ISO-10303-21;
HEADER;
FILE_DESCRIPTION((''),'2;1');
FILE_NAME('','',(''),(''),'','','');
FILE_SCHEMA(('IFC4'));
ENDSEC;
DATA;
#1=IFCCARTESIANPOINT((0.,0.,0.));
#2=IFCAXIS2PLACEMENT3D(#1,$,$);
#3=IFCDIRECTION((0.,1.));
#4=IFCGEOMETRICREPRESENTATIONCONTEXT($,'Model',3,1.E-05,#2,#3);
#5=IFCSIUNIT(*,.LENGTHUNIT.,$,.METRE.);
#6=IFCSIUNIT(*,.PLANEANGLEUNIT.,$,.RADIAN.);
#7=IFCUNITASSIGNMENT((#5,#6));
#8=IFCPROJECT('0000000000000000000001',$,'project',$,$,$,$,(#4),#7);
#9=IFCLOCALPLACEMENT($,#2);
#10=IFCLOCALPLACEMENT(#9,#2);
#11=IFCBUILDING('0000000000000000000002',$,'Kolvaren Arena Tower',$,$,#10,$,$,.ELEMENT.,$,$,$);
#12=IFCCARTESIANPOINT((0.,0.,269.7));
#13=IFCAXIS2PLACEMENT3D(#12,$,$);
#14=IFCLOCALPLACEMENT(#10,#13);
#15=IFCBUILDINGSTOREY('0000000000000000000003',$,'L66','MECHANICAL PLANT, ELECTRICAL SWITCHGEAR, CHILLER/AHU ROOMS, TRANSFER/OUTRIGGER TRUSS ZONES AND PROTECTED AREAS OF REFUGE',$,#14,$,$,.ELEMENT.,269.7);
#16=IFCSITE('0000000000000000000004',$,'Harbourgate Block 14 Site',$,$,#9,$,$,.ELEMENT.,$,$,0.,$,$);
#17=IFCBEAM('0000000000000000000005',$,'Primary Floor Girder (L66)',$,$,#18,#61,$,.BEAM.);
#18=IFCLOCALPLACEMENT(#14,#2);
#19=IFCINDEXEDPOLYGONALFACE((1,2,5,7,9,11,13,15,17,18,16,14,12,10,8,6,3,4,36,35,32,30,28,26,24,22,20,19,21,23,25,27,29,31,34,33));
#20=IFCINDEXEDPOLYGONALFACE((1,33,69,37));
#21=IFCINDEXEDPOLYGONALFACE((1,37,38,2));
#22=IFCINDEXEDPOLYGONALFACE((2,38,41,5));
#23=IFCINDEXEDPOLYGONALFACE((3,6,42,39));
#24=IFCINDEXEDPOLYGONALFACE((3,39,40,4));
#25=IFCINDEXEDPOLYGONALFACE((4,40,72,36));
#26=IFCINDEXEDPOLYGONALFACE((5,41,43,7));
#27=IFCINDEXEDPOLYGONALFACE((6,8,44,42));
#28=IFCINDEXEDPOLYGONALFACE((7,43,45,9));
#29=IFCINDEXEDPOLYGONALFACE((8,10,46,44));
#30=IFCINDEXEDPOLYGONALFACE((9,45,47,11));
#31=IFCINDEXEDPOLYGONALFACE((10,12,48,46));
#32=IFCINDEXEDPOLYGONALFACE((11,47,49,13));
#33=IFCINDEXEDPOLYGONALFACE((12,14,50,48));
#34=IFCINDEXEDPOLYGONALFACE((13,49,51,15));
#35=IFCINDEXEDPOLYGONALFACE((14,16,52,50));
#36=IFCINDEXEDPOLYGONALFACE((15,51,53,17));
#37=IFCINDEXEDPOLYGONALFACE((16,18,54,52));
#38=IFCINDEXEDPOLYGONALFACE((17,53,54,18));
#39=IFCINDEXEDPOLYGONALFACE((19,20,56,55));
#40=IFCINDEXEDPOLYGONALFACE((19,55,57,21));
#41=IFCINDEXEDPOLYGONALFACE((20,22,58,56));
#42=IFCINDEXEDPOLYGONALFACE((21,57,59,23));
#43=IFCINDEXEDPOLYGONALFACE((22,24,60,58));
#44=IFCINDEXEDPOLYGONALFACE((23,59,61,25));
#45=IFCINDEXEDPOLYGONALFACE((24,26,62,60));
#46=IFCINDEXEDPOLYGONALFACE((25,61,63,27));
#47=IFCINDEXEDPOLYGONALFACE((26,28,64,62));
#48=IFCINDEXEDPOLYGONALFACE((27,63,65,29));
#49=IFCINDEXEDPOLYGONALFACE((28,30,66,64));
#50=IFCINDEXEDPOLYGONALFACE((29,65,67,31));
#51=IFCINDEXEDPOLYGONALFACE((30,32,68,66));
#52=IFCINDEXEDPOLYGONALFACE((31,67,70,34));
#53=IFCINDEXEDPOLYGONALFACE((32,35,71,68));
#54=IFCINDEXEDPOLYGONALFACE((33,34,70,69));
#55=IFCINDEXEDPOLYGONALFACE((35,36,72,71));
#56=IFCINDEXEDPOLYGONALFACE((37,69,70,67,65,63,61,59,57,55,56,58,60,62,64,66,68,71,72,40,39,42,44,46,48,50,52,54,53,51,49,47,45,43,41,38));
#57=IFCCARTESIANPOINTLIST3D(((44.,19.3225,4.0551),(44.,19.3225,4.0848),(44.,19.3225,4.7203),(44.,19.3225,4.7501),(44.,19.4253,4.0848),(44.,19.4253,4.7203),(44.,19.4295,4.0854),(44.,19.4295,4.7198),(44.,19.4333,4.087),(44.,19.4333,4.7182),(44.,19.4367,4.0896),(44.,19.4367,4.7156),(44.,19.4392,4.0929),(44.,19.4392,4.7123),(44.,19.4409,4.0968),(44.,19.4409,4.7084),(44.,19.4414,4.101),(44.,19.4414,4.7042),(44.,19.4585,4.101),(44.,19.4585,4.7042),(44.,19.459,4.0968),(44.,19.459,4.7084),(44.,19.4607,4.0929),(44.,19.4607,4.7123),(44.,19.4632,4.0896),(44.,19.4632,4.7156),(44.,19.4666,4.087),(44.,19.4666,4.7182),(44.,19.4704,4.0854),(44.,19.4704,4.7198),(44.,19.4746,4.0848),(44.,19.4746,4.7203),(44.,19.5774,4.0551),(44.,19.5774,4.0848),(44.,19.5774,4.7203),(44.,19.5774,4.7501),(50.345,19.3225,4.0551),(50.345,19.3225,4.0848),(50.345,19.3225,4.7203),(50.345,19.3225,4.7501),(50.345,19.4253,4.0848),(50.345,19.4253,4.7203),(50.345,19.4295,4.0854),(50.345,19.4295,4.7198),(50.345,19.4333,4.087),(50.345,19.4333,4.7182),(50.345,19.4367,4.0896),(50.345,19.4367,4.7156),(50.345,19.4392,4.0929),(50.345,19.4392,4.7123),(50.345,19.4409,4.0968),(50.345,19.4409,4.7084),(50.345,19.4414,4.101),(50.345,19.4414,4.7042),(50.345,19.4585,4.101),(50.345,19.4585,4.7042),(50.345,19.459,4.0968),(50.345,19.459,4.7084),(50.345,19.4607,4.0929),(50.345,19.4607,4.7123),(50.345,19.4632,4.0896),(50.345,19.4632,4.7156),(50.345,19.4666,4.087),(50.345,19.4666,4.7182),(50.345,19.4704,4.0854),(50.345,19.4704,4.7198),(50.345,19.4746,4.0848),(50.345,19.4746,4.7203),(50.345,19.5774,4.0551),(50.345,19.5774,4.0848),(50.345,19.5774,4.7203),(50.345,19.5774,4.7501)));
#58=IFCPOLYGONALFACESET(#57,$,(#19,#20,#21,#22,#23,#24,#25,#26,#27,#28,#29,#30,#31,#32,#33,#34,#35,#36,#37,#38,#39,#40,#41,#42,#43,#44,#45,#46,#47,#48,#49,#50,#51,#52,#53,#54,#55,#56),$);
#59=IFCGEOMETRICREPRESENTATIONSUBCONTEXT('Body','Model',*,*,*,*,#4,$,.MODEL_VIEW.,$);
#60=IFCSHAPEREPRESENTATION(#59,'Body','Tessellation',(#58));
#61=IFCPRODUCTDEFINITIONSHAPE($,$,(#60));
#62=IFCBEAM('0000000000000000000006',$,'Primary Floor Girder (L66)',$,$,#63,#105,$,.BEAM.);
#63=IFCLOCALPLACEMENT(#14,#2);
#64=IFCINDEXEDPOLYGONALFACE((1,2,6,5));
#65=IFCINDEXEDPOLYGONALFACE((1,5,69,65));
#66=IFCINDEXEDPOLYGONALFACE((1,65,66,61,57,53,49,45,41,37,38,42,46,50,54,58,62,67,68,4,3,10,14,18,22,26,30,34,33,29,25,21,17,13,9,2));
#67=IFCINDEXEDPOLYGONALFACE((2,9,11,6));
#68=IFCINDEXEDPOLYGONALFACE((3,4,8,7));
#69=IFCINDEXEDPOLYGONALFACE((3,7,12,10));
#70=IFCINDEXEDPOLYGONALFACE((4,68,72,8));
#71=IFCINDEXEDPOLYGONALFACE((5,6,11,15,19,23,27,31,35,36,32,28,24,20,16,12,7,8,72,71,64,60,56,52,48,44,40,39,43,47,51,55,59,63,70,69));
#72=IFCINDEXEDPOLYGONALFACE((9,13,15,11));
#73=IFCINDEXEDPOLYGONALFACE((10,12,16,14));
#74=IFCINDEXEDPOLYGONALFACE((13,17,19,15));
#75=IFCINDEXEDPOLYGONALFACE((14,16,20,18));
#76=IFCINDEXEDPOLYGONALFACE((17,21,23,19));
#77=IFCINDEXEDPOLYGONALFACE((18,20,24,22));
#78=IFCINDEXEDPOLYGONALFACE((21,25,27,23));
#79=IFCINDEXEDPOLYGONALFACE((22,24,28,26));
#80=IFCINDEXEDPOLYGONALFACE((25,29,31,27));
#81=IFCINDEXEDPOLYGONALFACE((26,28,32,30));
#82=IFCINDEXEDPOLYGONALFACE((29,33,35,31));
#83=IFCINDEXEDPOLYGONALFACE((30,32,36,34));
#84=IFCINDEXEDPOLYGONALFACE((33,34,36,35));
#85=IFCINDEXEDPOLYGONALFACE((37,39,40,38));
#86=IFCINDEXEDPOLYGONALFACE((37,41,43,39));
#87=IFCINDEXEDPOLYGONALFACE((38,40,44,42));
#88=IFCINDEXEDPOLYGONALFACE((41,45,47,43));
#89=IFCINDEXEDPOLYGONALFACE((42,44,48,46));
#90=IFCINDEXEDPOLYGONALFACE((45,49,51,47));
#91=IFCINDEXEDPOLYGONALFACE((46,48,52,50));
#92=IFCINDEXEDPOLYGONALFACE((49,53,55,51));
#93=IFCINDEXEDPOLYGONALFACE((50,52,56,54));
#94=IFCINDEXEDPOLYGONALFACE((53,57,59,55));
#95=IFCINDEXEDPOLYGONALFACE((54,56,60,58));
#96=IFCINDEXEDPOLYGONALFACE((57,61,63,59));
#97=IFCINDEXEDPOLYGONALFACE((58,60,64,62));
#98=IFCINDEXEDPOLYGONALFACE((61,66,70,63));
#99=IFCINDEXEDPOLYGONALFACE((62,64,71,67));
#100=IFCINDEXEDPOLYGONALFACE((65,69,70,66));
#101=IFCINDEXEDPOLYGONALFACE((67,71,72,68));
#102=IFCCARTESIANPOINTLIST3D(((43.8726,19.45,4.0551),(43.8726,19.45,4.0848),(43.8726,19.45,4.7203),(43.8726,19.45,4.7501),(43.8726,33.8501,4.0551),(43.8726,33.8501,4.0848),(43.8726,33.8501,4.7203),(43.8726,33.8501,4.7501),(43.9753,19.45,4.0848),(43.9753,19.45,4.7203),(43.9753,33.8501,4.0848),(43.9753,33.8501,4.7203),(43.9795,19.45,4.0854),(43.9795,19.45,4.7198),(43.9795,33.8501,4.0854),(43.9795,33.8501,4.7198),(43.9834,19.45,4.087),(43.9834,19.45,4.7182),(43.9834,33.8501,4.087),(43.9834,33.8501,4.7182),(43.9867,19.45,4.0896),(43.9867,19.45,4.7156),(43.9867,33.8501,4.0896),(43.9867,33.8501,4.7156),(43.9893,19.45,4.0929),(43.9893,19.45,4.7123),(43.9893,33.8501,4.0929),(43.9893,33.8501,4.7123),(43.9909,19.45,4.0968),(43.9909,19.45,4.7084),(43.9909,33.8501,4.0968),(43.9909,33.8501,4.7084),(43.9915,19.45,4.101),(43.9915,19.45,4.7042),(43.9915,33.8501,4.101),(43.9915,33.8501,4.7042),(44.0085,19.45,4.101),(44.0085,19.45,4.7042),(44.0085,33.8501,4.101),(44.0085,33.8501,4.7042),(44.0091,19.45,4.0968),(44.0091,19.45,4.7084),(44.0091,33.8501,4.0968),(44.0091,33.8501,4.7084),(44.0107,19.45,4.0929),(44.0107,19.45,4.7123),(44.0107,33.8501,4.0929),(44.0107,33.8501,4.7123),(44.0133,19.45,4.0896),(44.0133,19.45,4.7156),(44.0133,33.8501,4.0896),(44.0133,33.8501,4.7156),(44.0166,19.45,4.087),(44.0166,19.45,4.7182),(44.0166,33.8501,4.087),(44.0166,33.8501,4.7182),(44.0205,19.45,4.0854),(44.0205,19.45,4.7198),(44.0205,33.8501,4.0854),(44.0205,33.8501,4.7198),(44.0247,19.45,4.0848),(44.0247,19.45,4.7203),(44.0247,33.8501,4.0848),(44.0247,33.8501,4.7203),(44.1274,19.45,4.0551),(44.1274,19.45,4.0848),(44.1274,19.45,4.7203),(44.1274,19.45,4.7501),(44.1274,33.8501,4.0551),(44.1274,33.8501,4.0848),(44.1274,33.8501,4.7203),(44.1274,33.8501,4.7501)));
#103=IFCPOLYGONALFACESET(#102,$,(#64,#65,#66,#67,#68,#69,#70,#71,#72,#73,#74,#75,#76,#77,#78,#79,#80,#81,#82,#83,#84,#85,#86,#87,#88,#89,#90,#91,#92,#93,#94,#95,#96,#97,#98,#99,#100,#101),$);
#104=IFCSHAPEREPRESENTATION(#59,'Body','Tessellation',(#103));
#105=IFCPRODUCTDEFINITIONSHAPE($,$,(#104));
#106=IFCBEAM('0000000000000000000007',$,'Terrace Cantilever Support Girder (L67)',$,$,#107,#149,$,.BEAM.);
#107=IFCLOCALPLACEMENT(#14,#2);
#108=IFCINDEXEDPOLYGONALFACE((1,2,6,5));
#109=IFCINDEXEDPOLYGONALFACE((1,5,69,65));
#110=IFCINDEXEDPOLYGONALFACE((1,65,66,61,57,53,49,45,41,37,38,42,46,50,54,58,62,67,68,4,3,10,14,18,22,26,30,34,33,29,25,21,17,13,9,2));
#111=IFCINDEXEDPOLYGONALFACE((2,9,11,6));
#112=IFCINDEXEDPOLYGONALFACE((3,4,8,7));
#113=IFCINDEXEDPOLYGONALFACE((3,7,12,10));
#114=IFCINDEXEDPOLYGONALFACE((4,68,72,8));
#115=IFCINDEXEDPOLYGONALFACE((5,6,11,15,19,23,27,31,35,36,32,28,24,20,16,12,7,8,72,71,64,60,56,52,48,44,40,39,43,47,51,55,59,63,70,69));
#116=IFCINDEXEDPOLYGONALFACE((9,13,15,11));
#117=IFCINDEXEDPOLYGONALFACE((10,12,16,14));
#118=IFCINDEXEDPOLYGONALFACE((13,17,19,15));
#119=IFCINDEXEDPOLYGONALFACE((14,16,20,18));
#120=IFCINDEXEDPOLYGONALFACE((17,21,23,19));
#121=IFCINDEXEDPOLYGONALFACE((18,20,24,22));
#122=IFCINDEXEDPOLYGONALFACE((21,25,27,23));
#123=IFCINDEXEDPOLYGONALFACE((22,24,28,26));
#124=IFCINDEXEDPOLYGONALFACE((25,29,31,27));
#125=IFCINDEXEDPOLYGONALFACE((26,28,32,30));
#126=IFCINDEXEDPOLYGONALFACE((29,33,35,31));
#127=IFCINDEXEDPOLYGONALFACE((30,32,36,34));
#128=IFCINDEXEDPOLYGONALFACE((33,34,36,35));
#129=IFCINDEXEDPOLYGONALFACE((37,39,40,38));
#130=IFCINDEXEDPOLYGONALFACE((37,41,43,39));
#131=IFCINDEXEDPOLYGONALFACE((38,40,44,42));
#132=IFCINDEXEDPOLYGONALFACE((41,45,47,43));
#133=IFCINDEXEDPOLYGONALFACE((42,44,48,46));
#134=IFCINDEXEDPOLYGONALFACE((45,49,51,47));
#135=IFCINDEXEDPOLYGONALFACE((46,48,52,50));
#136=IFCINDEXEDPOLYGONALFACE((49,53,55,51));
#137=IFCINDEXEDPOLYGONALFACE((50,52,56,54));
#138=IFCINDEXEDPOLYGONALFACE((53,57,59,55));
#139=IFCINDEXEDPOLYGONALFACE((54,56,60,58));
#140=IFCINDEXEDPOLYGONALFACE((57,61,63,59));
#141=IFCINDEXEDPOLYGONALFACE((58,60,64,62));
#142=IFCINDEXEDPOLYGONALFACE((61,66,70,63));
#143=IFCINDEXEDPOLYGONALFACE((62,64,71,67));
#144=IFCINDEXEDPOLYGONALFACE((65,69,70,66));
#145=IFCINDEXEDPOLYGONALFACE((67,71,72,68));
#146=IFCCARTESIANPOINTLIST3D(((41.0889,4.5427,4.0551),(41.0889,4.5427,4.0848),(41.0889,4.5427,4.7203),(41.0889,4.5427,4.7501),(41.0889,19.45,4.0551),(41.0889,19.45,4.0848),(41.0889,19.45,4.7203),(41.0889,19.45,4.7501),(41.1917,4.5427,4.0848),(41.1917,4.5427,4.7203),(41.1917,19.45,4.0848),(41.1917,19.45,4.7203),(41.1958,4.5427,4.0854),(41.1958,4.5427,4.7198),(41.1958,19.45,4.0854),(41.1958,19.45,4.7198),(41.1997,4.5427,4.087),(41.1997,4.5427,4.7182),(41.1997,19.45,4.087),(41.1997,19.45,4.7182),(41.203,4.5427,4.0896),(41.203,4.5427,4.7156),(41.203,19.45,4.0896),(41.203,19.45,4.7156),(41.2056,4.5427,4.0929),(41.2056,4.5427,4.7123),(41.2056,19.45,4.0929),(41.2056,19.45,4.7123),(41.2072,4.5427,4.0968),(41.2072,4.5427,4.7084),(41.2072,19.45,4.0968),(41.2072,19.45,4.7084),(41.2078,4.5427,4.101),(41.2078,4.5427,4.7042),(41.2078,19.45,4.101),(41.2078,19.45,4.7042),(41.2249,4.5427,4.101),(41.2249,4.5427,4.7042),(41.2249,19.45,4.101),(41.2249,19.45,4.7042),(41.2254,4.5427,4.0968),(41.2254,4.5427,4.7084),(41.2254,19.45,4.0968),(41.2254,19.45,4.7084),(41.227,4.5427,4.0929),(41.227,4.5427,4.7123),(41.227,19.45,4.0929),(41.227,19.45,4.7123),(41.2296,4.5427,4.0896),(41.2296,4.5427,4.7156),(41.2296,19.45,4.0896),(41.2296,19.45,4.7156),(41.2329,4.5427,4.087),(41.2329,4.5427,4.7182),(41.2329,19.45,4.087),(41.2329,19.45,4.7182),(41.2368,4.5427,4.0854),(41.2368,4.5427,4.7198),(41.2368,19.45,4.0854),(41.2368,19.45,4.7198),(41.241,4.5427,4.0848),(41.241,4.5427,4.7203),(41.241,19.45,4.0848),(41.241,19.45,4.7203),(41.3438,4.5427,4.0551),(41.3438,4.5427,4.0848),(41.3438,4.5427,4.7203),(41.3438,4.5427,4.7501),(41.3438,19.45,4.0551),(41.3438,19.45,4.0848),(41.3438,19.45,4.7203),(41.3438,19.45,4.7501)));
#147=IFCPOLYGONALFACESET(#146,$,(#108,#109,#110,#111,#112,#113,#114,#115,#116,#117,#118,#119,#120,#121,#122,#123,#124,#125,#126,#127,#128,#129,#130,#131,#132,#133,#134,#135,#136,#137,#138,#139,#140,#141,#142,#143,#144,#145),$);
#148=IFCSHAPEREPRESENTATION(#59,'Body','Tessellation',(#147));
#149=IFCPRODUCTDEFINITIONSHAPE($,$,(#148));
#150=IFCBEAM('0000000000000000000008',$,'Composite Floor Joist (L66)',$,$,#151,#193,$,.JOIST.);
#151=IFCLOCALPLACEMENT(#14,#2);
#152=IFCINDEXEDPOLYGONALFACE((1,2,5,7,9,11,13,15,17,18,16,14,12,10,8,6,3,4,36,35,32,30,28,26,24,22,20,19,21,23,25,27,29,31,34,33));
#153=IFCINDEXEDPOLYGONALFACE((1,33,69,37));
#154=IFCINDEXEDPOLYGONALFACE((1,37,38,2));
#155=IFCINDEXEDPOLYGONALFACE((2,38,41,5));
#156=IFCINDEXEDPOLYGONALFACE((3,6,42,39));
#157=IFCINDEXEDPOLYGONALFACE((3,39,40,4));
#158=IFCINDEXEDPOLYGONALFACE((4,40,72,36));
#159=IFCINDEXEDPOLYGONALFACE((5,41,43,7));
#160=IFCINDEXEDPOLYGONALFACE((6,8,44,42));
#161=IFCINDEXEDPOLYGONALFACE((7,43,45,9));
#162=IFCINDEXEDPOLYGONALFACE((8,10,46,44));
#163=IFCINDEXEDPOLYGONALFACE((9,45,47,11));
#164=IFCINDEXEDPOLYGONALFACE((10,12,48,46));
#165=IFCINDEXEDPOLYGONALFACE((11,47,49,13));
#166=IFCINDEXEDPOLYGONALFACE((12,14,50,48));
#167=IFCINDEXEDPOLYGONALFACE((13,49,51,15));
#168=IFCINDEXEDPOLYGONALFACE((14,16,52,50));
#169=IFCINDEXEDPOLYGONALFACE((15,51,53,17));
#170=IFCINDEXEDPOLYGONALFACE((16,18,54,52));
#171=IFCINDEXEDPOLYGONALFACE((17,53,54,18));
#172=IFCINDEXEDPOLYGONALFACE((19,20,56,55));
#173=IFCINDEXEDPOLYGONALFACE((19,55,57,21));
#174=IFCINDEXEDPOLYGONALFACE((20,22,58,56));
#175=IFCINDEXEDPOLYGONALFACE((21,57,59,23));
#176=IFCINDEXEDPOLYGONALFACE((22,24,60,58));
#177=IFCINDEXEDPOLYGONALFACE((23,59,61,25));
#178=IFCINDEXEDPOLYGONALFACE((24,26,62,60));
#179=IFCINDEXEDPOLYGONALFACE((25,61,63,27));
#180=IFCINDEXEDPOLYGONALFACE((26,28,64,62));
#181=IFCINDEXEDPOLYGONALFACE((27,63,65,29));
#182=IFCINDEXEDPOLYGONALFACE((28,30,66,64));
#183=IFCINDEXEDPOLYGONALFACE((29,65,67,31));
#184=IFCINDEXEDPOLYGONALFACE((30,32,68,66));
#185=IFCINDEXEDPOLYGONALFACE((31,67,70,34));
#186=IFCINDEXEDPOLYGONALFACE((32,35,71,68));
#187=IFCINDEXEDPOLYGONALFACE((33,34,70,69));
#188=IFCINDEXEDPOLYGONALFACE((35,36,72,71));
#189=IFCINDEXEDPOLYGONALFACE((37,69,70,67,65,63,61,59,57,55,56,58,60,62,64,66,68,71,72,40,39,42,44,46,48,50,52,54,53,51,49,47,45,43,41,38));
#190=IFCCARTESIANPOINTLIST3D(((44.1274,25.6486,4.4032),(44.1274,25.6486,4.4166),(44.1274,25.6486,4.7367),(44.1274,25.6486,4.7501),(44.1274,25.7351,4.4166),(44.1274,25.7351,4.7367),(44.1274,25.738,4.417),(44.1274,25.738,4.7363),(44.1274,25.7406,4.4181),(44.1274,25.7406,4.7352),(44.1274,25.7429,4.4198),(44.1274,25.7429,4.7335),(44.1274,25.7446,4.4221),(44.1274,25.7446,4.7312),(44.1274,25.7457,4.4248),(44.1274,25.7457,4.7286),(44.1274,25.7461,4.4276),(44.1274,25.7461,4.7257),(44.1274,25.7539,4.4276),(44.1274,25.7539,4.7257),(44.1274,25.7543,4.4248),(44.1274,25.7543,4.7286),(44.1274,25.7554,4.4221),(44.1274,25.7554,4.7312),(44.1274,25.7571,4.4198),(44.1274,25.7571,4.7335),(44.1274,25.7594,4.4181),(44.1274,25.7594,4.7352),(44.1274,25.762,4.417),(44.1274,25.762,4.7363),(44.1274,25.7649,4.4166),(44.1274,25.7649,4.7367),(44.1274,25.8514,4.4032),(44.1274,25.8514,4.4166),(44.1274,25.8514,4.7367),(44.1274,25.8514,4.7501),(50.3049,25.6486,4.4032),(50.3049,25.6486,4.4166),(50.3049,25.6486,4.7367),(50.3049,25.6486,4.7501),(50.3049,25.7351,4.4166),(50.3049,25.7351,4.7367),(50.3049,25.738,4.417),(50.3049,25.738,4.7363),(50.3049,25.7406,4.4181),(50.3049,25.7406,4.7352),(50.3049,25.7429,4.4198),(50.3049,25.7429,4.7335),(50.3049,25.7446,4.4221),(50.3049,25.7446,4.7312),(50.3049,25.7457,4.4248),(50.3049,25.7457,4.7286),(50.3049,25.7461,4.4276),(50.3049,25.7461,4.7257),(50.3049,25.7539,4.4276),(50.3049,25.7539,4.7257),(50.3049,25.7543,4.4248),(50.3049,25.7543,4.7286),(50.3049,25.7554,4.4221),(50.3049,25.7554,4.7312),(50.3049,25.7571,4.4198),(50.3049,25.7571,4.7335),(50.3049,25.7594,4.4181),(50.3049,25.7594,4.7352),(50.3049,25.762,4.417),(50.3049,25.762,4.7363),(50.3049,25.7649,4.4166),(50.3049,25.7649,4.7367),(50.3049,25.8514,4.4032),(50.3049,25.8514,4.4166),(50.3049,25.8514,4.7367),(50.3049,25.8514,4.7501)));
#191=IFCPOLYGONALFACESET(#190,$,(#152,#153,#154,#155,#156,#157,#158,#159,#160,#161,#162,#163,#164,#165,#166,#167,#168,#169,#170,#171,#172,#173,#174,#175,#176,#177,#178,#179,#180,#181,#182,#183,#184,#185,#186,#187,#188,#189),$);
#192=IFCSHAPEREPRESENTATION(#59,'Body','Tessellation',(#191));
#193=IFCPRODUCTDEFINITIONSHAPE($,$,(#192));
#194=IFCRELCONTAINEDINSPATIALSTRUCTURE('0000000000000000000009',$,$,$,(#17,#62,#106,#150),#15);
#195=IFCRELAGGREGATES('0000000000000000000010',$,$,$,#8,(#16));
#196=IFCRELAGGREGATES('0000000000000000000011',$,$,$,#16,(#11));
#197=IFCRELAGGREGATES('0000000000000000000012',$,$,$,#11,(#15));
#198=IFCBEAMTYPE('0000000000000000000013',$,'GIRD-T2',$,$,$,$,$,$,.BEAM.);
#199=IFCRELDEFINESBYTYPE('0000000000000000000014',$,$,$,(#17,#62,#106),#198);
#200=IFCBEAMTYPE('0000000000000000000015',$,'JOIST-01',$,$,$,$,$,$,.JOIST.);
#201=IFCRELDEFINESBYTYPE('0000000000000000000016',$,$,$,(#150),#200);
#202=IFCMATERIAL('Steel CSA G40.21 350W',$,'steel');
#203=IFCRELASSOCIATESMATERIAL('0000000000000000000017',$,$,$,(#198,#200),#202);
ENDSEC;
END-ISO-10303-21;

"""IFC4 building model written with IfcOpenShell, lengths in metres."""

from ifc_helpers import new_model, si_unit, direction, frame, origin, origin_2d, place, context, subcontext, project, spatial, i_section, extrude, material, material_profile, profile_set, type_object, element, save


model = new_model("IFC4")

# Units and contexts
model_context = context("Model", 3, precision=1e-05, world=origin(), true_north=direction((0.0, 1.0)))
body_context = subcontext(model_context, "Body", "Model", "MODEL_VIEW")
ifc_project = project(units=[si_unit("LENGTHUNIT", "METRE"), si_unit("PLANEANGLEUNIT", "RADIAN")], contexts=[model_context])

# Site, building, storey
site_placement = place(None, origin())
site = spatial("IfcSite", under=ifc_project, at=site_placement, Name="Harbourgate Block 14 Site", CompositionType="ELEMENT", RefElevation=0.0)
building_placement = place(site_placement, origin())
building = spatial("IfcBuilding", under=site, at=building_placement, Name="Kolvaren Arena Tower", CompositionType="ELEMENT")
storey_placement = place(building_placement, frame((0.0, 0.0, 269.7)))
storey = spatial("IfcBuildingStorey", under=building, at=storey_placement, Name="L66", Description="MECHANICAL PLANT, ELECTRICAL SWITCHGEAR, CHILLER/AHU ROOMS, TRANSFER/OUTRIGGER TRUSS ZONES AND PROTECTED AREAS OF REFUGE", CompositionType="ELEMENT", Elevation=269.7)

# Beams
ifc_material_1 = material(Name="Steel CSA G40.21 350W", Category="steel")
ifc_material_profile_1 = material_profile(ifc_material_1, i_section(OverallWidth=0.2549, OverallDepth=0.6951, WebThickness=0.0171, FlangeThickness=0.0298, FilletRadius=0.0161, at=origin_2d()), Name="W690x217")
ifc_profile_set_1 = profile_set([ifc_material_profile_1], Name="Steel CSA G40.21 350W")
beam_type_1 = type_object("IfcBeamType", Name="GIRD-T2", PredefinedType="BEAM", material=ifc_profile_set_1)
beam_1_placement = place(storey_placement, frame((44.0, 19.45, 4.4026), z_axis=(1.0, 0.0, 0.0), x_axis=(0.0, 1.0, 0.0)))
element("IfcBeam", 1, at=beam_1_placement, inside=storey, type_object=beam_type_1, Name="Primary Floor Girder (L66)", PredefinedType="BEAM", context=body_context, shape_type="SweptSolid", body=[
    extrude(i_section(OverallWidth=0.2549, OverallDepth=0.6951, WebThickness=0.0171, FlangeThickness=0.0298, FilletRadius=0.0161, at=origin_2d()), origin(), (0.0, 0.0, 1.0), 6.345),
])
beam_2_placement = place(storey_placement, frame((44.0, 19.45, 4.4026), z_axis=(0.0, 1.0, 0.0), x_axis=(-1.0, 0.0, 0.0)))
element("IfcBeam", 2, at=beam_2_placement, inside=storey, type_object=beam_type_1, Name="Primary Floor Girder (L66)", PredefinedType="BEAM", context=body_context, shape_type="SweptSolid", body=[
    extrude(i_section(OverallWidth=0.2549, OverallDepth=0.6951, WebThickness=0.0171, FlangeThickness=0.0298, FilletRadius=0.0161, at=origin_2d()), origin(), (0.0, 0.0, 1.0), 14.4001),
])
beam_3_placement = place(storey_placement, frame((41.2163, 19.45, 4.4026), z_axis=(0.0, -1.0, 0.0), x_axis=(1.0, 0.0, 0.0)))
element("IfcBeam", 3, at=beam_3_placement, inside=storey, type_object=beam_type_1, Name="Terrace Cantilever Support Girder (L67)", PredefinedType="BEAM", context=body_context, shape_type="SweptSolid", body=[
    extrude(i_section(OverallWidth=0.2549, OverallDepth=0.6951, WebThickness=0.0171, FlangeThickness=0.0298, FilletRadius=0.0161, at=origin_2d()), origin(), (0.0, 0.0, 1.0), 14.9072),
])
ifc_material_profile_2 = material_profile(ifc_material_1, i_section(OverallWidth=0.2029, OverallDepth=0.3469, WebThickness=0.0078, FlangeThickness=0.0134, FilletRadius=0.011, at=origin_2d()), Name="W360x64")
ifc_profile_set_2 = profile_set([ifc_material_profile_2], Name="Steel CSA G40.21 350W")
beam_type_2 = type_object("IfcBeamType", Name="JOIST-01", PredefinedType="JOIST", material=ifc_profile_set_2)
for number, where, z_axis, x_axis, name in (
    (4, (44.1274, 25.75, 4.5767), (1.0, 0.0, 0.0), (0.0, 1.0, 0.0), "Composite Floor Joist (L66)"),
):
    element("IfcBeam", number, at=place(storey_placement, frame(where, z_axis=z_axis, x_axis=x_axis)), inside=storey, type_object=beam_type_2, Name=name, PredefinedType="JOIST", context=body_context, shape_type="SweptSolid", body=[
        extrude(i_section(OverallWidth=0.2029, OverallDepth=0.3469, WebThickness=0.0078, FlangeThickness=0.0134, FilletRadius=0.011, at=origin_2d()), origin(), (0.0, 0.0, 1.0), 6.1775),
    ])

save(model, "model.ifc")
